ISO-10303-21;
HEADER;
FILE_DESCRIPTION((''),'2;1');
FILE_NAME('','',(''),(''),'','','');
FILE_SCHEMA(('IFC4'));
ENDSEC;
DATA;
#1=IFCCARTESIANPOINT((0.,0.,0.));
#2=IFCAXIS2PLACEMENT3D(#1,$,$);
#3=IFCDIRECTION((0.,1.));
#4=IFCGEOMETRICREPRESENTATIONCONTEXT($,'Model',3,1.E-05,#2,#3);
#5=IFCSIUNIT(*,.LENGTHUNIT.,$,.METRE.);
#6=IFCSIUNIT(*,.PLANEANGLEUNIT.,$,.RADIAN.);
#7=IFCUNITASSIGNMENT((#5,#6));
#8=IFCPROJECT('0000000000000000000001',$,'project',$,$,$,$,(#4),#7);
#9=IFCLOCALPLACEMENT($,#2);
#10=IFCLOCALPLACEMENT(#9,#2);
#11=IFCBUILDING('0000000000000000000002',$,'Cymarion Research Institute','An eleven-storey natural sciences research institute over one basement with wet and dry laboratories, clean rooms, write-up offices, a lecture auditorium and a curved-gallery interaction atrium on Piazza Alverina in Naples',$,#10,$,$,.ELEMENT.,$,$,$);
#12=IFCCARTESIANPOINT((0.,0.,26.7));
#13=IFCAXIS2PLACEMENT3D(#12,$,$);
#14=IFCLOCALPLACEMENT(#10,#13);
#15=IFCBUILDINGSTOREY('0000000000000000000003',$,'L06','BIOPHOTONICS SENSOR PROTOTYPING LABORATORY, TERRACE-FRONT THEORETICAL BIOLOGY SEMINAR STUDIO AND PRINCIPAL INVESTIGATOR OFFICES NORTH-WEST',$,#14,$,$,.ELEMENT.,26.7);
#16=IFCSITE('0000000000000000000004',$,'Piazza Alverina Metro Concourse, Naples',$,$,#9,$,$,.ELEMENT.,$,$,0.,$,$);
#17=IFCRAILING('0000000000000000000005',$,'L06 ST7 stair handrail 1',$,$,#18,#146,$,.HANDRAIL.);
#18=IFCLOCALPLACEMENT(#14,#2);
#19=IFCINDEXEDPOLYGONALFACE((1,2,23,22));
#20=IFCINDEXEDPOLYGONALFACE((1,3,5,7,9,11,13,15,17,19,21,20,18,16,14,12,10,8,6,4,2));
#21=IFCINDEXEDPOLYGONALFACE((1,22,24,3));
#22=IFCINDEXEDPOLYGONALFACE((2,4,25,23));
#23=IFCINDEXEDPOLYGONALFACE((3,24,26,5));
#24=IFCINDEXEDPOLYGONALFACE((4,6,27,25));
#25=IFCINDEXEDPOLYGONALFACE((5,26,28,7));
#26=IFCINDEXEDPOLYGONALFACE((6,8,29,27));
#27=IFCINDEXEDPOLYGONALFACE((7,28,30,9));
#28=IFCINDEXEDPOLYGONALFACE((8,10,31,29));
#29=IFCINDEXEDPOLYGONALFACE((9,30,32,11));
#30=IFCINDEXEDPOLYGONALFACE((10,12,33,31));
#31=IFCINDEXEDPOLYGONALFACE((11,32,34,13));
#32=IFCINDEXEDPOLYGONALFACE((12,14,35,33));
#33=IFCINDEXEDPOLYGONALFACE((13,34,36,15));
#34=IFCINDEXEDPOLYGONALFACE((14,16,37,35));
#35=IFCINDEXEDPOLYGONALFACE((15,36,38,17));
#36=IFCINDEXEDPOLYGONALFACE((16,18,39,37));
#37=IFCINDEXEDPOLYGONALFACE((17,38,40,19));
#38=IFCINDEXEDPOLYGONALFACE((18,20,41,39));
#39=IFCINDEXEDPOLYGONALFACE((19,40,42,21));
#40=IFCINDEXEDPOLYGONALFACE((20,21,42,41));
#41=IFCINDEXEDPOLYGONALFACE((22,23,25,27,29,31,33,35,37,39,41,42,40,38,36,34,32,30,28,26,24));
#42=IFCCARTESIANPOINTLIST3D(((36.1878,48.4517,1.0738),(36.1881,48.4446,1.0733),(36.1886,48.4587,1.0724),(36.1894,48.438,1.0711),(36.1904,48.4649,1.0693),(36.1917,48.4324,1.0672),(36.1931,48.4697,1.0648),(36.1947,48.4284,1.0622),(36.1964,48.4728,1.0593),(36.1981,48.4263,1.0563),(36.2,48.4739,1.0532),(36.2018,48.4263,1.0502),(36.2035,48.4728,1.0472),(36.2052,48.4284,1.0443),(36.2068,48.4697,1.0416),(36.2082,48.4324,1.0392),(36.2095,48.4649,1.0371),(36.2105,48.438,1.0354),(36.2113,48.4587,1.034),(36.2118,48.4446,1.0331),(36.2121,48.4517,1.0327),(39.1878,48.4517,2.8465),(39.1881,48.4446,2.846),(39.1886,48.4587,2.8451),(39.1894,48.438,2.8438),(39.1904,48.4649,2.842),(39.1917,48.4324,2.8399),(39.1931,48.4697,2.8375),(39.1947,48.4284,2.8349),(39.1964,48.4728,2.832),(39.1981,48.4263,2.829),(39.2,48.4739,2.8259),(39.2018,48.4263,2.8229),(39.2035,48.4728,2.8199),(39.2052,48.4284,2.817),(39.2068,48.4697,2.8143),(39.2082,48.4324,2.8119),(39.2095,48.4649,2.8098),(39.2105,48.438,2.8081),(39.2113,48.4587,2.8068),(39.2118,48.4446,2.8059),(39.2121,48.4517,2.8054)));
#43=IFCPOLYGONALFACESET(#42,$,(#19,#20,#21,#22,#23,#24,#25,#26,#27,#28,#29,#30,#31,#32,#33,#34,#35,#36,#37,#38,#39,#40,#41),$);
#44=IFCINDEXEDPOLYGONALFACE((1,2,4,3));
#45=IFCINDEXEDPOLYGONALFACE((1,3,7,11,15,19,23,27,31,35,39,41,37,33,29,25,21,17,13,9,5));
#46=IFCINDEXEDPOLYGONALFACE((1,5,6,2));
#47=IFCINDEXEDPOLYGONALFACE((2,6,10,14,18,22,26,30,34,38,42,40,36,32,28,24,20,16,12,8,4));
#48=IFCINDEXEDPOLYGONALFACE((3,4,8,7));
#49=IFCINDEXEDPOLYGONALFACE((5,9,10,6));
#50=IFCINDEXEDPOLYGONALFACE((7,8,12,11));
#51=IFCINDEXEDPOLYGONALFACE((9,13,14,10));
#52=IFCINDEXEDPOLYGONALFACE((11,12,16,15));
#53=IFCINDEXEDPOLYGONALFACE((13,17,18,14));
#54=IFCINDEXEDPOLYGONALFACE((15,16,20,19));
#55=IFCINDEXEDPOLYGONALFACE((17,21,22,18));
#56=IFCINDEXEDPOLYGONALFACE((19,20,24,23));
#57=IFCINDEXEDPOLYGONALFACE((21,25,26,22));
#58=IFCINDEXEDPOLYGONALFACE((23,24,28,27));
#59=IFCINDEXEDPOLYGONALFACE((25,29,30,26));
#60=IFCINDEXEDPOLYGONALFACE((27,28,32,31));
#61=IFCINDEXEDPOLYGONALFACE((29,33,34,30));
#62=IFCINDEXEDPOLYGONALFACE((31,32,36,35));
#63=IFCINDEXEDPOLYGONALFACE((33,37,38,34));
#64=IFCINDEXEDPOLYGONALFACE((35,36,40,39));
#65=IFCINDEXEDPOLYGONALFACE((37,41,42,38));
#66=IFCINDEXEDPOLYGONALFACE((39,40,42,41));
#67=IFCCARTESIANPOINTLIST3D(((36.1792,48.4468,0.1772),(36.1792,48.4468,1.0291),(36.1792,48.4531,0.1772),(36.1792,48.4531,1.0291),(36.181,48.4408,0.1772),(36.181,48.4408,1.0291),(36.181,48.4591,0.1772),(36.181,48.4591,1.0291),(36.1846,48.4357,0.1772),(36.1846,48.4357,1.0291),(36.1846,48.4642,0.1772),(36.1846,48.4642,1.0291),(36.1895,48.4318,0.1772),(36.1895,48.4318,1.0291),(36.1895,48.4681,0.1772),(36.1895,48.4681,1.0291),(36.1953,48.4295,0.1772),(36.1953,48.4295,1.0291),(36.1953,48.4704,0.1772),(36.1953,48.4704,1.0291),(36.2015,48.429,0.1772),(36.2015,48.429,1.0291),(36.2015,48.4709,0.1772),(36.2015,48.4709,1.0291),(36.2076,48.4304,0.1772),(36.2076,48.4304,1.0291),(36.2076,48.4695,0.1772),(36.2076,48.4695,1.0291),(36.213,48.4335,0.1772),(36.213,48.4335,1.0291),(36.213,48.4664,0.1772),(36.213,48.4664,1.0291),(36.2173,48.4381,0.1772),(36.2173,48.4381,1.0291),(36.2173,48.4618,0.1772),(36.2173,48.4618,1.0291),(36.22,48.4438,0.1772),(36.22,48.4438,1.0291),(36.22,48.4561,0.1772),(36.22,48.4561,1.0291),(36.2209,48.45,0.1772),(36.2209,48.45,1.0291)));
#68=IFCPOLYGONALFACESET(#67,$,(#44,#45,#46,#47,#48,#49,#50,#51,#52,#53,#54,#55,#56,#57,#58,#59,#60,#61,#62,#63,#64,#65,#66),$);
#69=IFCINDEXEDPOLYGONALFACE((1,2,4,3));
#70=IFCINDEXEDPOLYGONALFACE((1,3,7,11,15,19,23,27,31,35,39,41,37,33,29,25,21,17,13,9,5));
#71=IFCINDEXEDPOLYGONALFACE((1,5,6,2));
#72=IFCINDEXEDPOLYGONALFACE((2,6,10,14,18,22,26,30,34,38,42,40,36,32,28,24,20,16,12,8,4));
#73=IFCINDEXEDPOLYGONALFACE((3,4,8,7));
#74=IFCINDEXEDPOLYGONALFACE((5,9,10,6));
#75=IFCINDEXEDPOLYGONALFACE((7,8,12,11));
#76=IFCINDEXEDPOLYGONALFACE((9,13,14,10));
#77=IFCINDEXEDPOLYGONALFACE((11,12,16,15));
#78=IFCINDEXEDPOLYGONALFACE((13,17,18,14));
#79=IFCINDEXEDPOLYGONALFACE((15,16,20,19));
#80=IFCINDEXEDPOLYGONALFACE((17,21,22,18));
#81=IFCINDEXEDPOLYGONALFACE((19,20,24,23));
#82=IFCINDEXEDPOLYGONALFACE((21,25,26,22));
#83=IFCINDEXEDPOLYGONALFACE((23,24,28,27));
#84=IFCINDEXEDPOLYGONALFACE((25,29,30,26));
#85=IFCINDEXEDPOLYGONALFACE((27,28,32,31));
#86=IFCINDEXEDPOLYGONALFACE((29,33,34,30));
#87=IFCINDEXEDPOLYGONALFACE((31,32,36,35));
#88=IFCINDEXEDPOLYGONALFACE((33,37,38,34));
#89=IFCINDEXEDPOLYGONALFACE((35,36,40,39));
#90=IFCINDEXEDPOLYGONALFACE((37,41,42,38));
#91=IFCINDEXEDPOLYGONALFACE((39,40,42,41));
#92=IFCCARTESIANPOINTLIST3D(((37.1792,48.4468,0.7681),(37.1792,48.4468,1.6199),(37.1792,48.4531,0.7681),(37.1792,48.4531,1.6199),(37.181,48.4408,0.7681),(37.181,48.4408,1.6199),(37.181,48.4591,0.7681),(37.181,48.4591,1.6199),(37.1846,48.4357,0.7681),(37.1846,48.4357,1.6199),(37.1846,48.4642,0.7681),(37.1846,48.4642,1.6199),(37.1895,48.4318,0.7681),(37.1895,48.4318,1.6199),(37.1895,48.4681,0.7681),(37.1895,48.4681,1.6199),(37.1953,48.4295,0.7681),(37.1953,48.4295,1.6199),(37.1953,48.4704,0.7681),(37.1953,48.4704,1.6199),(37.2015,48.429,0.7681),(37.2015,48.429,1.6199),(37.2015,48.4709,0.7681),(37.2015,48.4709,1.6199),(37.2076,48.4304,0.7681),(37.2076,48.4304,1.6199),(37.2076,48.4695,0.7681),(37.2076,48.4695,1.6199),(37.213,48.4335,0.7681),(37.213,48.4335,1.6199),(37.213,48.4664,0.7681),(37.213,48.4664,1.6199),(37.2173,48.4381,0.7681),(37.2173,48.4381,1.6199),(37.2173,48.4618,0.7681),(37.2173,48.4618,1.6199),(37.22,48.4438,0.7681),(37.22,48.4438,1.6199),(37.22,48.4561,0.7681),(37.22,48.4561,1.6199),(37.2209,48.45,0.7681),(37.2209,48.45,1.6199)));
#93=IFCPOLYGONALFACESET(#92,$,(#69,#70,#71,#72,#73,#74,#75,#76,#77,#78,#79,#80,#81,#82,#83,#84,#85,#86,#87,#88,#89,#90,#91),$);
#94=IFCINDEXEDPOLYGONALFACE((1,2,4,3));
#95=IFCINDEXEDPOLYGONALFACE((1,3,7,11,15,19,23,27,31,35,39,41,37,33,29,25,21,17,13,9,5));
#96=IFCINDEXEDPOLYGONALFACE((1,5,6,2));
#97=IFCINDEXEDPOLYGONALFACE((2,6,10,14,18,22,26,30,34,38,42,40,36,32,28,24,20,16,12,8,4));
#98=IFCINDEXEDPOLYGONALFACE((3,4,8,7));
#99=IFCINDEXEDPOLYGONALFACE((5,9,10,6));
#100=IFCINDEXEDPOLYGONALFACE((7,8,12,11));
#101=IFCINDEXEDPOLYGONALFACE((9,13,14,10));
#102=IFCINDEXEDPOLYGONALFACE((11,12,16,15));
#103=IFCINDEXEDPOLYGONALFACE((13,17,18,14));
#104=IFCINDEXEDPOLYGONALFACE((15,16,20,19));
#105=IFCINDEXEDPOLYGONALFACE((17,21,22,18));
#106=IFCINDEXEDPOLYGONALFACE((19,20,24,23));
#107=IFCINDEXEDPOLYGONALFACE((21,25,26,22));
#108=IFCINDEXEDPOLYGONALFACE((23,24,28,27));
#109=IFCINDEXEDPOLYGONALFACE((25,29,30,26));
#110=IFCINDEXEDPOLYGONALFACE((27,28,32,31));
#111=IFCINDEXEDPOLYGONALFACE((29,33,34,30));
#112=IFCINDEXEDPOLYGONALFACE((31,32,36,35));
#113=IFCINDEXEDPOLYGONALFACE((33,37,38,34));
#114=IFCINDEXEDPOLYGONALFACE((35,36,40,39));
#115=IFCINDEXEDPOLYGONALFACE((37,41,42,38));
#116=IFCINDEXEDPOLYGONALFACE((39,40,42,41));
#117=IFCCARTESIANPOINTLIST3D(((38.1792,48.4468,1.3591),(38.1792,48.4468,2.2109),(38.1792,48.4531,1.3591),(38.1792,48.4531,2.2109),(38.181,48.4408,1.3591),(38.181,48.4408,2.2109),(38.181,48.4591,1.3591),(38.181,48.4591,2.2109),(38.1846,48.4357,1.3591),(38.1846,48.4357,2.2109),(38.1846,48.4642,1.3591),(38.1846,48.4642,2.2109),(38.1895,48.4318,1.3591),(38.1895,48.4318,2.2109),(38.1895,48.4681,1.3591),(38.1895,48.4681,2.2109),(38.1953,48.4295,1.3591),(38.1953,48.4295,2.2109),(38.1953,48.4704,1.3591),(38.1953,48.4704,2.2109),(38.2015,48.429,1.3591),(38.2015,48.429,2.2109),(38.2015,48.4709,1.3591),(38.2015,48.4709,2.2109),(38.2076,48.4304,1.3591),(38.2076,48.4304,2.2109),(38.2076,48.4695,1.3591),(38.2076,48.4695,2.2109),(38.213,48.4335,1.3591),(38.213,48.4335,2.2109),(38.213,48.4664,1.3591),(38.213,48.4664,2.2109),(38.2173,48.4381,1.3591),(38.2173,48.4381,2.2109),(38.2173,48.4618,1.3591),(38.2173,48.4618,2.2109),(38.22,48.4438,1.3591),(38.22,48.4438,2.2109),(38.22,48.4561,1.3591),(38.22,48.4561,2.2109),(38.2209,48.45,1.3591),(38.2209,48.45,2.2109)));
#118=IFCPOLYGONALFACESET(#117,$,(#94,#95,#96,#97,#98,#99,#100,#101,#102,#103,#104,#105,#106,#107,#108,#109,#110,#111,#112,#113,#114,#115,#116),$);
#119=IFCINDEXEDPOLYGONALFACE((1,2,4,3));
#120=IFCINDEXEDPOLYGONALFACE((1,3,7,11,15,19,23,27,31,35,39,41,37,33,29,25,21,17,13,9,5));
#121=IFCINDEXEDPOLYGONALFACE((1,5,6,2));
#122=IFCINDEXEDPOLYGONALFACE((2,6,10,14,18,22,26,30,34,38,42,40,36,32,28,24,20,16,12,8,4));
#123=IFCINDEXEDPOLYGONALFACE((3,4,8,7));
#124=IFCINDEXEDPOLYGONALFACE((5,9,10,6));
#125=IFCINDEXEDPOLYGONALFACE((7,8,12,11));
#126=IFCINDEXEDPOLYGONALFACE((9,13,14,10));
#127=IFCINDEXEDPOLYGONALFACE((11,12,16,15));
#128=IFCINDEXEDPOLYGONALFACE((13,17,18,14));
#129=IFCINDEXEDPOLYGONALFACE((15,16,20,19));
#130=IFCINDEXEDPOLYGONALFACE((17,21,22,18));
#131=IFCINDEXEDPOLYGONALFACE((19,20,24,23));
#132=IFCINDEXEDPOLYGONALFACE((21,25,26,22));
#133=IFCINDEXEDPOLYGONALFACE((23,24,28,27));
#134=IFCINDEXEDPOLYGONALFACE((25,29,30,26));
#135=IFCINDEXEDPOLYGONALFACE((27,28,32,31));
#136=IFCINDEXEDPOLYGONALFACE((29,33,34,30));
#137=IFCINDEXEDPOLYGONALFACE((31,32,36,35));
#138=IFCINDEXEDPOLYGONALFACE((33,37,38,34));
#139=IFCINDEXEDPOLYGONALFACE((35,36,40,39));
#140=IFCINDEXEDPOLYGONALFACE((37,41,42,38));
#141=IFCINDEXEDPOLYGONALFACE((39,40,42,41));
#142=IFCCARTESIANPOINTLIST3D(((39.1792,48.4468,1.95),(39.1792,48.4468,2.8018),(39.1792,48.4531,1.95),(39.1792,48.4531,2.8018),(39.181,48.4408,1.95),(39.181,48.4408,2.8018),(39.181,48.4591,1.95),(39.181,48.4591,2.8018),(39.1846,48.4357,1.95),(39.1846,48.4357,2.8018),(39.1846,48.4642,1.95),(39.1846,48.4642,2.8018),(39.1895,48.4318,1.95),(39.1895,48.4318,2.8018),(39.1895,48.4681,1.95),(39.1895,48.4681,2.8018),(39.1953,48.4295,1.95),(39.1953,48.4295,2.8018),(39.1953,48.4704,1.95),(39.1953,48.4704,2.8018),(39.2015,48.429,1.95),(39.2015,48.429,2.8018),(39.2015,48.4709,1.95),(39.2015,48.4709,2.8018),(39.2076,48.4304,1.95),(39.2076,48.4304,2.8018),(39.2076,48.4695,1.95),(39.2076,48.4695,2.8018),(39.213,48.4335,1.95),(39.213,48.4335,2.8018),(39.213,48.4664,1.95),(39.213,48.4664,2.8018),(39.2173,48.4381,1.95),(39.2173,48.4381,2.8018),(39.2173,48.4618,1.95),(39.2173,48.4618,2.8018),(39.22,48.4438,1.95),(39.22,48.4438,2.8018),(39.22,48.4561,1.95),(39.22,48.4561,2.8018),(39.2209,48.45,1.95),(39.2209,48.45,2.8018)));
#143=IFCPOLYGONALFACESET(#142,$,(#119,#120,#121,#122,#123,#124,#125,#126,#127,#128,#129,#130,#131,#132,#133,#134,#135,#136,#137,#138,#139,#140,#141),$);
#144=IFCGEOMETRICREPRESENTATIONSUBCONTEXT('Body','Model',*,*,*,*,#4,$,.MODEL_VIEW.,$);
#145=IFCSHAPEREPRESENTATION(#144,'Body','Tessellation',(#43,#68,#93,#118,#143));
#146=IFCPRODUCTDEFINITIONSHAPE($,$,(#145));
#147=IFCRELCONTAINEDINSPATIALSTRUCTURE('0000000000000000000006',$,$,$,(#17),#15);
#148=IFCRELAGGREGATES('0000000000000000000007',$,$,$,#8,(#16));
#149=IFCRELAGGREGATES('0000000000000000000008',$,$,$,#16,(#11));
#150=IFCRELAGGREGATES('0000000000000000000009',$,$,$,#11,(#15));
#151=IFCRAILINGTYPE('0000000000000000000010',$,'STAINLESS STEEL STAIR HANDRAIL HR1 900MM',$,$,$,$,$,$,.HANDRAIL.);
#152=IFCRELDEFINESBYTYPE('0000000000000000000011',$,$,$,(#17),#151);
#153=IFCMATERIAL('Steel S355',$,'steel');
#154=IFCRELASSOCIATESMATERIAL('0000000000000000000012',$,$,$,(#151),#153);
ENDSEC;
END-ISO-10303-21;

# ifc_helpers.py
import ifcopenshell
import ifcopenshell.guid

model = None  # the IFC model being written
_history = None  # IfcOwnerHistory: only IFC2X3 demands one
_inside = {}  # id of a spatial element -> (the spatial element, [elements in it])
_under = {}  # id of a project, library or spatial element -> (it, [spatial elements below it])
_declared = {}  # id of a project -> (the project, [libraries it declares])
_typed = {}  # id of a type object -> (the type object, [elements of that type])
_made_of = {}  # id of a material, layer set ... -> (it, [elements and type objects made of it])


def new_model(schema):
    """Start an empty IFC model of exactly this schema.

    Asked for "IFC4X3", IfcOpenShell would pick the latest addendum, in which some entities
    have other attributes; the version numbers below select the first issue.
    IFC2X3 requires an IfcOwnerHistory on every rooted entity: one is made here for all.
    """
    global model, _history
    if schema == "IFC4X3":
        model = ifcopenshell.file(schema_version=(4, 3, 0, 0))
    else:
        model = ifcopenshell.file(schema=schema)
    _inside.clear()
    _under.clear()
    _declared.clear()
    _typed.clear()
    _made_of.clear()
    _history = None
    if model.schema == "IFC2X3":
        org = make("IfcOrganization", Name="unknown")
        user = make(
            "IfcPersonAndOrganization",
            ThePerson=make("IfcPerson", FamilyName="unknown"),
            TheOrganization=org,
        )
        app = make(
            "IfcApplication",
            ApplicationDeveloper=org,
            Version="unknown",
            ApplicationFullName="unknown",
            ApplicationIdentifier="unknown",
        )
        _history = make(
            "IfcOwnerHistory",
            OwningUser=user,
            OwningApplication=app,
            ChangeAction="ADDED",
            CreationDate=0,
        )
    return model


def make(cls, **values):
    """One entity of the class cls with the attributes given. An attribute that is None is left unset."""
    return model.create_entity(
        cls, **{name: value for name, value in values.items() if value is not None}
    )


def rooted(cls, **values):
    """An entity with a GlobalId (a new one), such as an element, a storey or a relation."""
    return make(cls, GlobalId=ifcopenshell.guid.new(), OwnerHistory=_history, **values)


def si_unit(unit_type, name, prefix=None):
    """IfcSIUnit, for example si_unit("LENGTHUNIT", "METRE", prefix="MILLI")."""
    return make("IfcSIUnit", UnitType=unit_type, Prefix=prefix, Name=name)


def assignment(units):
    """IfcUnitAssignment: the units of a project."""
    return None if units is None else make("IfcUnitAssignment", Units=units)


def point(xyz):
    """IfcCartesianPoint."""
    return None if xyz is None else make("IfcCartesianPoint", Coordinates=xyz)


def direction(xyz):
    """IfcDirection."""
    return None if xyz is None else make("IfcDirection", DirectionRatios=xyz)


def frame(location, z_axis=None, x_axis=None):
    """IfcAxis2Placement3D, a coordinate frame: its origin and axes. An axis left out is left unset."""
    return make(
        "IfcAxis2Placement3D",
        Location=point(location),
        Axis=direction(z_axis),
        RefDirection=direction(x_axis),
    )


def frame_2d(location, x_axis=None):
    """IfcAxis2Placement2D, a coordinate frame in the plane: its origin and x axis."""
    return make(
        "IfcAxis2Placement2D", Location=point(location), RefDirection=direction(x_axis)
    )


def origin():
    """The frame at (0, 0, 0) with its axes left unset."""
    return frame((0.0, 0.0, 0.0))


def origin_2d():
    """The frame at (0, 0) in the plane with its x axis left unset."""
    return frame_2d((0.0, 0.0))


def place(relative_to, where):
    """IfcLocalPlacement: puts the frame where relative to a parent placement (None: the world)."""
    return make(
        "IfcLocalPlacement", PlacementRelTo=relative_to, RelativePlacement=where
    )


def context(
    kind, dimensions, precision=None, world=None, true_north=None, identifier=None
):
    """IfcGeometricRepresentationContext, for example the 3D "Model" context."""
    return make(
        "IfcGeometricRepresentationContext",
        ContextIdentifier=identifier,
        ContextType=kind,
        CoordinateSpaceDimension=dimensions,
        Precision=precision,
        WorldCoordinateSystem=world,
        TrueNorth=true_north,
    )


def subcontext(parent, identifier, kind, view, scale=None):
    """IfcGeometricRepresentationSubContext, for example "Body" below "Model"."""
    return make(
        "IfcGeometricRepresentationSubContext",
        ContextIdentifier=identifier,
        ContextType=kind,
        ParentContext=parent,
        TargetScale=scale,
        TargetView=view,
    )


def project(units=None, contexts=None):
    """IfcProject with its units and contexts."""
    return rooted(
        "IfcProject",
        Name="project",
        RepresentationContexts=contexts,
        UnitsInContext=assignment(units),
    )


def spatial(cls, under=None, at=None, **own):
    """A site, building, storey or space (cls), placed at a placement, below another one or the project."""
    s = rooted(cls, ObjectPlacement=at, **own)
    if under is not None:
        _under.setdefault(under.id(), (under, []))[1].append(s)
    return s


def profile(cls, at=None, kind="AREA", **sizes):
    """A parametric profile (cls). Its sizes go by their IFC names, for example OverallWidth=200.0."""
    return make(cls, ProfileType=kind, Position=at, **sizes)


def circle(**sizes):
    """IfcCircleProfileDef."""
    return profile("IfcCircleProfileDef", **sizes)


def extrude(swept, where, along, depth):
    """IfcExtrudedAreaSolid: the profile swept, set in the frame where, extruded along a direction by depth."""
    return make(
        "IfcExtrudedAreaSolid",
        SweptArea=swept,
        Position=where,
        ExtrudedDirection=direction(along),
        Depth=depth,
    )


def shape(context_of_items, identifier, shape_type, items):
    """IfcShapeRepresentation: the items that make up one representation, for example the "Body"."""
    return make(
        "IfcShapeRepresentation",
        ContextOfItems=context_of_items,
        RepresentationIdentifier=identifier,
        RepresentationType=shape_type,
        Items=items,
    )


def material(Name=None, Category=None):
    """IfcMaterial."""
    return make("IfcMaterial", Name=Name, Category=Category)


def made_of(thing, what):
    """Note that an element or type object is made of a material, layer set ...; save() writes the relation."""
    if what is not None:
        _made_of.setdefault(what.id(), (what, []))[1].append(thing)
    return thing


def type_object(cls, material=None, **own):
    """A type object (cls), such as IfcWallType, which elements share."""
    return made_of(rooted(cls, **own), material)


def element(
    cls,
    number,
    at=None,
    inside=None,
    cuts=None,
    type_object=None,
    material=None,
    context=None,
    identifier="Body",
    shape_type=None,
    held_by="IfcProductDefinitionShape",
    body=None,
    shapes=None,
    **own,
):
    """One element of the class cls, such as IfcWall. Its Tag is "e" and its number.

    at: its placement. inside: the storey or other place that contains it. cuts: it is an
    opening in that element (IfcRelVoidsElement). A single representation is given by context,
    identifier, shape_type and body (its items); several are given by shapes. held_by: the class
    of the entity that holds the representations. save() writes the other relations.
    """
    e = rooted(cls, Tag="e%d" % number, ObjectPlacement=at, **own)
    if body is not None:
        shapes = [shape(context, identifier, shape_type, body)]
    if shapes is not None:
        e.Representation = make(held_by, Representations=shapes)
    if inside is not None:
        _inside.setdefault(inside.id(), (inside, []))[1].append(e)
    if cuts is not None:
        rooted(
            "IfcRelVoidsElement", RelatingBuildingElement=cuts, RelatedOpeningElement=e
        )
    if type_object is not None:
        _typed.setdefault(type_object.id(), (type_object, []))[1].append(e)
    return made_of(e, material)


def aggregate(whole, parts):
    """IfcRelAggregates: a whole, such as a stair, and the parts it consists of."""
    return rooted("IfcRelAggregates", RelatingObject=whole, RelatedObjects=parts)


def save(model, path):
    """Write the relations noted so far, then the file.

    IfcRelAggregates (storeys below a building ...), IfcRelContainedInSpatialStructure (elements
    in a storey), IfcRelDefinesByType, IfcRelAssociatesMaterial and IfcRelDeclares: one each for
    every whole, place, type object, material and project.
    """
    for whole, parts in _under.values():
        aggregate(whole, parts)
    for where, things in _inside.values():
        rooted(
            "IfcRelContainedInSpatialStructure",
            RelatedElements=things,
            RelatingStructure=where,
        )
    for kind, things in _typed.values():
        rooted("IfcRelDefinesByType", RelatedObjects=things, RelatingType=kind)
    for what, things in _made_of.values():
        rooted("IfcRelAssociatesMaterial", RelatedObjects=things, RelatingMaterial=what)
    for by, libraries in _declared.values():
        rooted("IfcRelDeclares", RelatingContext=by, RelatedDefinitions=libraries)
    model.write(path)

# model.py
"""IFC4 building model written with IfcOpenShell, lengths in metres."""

from ifc_helpers import new_model, si_unit, direction, frame, origin, origin_2d, place, context, subcontext, project, spatial, circle, extrude, material, type_object, element, save


model = new_model("IFC4")

# Units and contexts
model_context = context("Model", 3, precision=1e-05, world=origin(), true_north=direction((0.0, 1.0)))
body_context = subcontext(model_context, "Body", "Model", "MODEL_VIEW")
ifc_project = project(units=[si_unit("LENGTHUNIT", "METRE"), si_unit("PLANEANGLEUNIT", "RADIAN")], contexts=[model_context])

# Site, building, storey
site_placement = place(None, origin())
site = spatial("IfcSite", under=ifc_project, at=site_placement, Name="Piazza Alverina Metro Concourse, Naples", CompositionType="ELEMENT", RefElevation=0.0)
building_placement = place(site_placement, origin())
building = spatial("IfcBuilding", under=site, at=building_placement, Name="Cymarion Research Institute", Description="An eleven-storey natural sciences research institute over one basement with wet and dry laboratories, clean rooms, write-up offices, a lecture auditorium and a curved-gallery interaction atrium on Piazza Alverina in Naples", CompositionType="ELEMENT")
storey_placement = place(building_placement, frame((0.0, 0.0, 26.7)))
storey = spatial("IfcBuildingStorey", under=building, at=storey_placement, Name="L06", Description="BIOPHOTONICS SENSOR PROTOTYPING LABORATORY, TERRACE-FRONT THEORETICAL BIOLOGY SEMINAR STUDIO AND PRINCIPAL INVESTIGATOR OFFICES NORTH-WEST", CompositionType="ELEMENT", Elevation=26.7)

# Shared definitions
ifc_material_1 = material(Name="Steel S355", Category="steel")

# Railing
railing_type_1 = type_object("IfcRailingType", Name="STAINLESS STEEL STAIR HANDRAIL HR1 900MM", PredefinedType="HANDRAIL", material=ifc_material_1)
railing_1_placement = place(storey_placement, frame((36.2, 48.45, 0.1772)))
element("IfcRailing", 1, at=railing_1_placement, inside=storey, type_object=railing_type_1, Name="L06 ST7 stair handrail 1", PredefinedType="HANDRAIL", context=body_context, shape_type="SweptSolid", body=[
    extrude(circle(Radius=0.0239, at=origin_2d()), frame((0.0, 0.0, 0.876), z_axis=(0.860929, 0.0, 0.508725), x_axis=(0.0, 1.0, 0.0)), (0.0, 0.0, 1.0), 3.4846),
    extrude(circle(Radius=0.021, at=origin_2d()), origin(), (0.0, 0.0, 1.0), 0.8518),
    extrude(circle(Radius=0.021, at=origin_2d()), frame((1.0, 0.0, 0.5908)), (0.0, 0.0, 1.0), 0.8518),
    extrude(circle(Radius=0.021, at=origin_2d()), frame((2.0, 0.0, 1.1819)), (0.0, 0.0, 1.0), 0.8518),
    extrude(circle(Radius=0.021, at=origin_2d()), frame((3.0, 0.0, 1.7727)), (0.0, 0.0, 1.0), 0.8518),
])

save(model, "model.ifc")
